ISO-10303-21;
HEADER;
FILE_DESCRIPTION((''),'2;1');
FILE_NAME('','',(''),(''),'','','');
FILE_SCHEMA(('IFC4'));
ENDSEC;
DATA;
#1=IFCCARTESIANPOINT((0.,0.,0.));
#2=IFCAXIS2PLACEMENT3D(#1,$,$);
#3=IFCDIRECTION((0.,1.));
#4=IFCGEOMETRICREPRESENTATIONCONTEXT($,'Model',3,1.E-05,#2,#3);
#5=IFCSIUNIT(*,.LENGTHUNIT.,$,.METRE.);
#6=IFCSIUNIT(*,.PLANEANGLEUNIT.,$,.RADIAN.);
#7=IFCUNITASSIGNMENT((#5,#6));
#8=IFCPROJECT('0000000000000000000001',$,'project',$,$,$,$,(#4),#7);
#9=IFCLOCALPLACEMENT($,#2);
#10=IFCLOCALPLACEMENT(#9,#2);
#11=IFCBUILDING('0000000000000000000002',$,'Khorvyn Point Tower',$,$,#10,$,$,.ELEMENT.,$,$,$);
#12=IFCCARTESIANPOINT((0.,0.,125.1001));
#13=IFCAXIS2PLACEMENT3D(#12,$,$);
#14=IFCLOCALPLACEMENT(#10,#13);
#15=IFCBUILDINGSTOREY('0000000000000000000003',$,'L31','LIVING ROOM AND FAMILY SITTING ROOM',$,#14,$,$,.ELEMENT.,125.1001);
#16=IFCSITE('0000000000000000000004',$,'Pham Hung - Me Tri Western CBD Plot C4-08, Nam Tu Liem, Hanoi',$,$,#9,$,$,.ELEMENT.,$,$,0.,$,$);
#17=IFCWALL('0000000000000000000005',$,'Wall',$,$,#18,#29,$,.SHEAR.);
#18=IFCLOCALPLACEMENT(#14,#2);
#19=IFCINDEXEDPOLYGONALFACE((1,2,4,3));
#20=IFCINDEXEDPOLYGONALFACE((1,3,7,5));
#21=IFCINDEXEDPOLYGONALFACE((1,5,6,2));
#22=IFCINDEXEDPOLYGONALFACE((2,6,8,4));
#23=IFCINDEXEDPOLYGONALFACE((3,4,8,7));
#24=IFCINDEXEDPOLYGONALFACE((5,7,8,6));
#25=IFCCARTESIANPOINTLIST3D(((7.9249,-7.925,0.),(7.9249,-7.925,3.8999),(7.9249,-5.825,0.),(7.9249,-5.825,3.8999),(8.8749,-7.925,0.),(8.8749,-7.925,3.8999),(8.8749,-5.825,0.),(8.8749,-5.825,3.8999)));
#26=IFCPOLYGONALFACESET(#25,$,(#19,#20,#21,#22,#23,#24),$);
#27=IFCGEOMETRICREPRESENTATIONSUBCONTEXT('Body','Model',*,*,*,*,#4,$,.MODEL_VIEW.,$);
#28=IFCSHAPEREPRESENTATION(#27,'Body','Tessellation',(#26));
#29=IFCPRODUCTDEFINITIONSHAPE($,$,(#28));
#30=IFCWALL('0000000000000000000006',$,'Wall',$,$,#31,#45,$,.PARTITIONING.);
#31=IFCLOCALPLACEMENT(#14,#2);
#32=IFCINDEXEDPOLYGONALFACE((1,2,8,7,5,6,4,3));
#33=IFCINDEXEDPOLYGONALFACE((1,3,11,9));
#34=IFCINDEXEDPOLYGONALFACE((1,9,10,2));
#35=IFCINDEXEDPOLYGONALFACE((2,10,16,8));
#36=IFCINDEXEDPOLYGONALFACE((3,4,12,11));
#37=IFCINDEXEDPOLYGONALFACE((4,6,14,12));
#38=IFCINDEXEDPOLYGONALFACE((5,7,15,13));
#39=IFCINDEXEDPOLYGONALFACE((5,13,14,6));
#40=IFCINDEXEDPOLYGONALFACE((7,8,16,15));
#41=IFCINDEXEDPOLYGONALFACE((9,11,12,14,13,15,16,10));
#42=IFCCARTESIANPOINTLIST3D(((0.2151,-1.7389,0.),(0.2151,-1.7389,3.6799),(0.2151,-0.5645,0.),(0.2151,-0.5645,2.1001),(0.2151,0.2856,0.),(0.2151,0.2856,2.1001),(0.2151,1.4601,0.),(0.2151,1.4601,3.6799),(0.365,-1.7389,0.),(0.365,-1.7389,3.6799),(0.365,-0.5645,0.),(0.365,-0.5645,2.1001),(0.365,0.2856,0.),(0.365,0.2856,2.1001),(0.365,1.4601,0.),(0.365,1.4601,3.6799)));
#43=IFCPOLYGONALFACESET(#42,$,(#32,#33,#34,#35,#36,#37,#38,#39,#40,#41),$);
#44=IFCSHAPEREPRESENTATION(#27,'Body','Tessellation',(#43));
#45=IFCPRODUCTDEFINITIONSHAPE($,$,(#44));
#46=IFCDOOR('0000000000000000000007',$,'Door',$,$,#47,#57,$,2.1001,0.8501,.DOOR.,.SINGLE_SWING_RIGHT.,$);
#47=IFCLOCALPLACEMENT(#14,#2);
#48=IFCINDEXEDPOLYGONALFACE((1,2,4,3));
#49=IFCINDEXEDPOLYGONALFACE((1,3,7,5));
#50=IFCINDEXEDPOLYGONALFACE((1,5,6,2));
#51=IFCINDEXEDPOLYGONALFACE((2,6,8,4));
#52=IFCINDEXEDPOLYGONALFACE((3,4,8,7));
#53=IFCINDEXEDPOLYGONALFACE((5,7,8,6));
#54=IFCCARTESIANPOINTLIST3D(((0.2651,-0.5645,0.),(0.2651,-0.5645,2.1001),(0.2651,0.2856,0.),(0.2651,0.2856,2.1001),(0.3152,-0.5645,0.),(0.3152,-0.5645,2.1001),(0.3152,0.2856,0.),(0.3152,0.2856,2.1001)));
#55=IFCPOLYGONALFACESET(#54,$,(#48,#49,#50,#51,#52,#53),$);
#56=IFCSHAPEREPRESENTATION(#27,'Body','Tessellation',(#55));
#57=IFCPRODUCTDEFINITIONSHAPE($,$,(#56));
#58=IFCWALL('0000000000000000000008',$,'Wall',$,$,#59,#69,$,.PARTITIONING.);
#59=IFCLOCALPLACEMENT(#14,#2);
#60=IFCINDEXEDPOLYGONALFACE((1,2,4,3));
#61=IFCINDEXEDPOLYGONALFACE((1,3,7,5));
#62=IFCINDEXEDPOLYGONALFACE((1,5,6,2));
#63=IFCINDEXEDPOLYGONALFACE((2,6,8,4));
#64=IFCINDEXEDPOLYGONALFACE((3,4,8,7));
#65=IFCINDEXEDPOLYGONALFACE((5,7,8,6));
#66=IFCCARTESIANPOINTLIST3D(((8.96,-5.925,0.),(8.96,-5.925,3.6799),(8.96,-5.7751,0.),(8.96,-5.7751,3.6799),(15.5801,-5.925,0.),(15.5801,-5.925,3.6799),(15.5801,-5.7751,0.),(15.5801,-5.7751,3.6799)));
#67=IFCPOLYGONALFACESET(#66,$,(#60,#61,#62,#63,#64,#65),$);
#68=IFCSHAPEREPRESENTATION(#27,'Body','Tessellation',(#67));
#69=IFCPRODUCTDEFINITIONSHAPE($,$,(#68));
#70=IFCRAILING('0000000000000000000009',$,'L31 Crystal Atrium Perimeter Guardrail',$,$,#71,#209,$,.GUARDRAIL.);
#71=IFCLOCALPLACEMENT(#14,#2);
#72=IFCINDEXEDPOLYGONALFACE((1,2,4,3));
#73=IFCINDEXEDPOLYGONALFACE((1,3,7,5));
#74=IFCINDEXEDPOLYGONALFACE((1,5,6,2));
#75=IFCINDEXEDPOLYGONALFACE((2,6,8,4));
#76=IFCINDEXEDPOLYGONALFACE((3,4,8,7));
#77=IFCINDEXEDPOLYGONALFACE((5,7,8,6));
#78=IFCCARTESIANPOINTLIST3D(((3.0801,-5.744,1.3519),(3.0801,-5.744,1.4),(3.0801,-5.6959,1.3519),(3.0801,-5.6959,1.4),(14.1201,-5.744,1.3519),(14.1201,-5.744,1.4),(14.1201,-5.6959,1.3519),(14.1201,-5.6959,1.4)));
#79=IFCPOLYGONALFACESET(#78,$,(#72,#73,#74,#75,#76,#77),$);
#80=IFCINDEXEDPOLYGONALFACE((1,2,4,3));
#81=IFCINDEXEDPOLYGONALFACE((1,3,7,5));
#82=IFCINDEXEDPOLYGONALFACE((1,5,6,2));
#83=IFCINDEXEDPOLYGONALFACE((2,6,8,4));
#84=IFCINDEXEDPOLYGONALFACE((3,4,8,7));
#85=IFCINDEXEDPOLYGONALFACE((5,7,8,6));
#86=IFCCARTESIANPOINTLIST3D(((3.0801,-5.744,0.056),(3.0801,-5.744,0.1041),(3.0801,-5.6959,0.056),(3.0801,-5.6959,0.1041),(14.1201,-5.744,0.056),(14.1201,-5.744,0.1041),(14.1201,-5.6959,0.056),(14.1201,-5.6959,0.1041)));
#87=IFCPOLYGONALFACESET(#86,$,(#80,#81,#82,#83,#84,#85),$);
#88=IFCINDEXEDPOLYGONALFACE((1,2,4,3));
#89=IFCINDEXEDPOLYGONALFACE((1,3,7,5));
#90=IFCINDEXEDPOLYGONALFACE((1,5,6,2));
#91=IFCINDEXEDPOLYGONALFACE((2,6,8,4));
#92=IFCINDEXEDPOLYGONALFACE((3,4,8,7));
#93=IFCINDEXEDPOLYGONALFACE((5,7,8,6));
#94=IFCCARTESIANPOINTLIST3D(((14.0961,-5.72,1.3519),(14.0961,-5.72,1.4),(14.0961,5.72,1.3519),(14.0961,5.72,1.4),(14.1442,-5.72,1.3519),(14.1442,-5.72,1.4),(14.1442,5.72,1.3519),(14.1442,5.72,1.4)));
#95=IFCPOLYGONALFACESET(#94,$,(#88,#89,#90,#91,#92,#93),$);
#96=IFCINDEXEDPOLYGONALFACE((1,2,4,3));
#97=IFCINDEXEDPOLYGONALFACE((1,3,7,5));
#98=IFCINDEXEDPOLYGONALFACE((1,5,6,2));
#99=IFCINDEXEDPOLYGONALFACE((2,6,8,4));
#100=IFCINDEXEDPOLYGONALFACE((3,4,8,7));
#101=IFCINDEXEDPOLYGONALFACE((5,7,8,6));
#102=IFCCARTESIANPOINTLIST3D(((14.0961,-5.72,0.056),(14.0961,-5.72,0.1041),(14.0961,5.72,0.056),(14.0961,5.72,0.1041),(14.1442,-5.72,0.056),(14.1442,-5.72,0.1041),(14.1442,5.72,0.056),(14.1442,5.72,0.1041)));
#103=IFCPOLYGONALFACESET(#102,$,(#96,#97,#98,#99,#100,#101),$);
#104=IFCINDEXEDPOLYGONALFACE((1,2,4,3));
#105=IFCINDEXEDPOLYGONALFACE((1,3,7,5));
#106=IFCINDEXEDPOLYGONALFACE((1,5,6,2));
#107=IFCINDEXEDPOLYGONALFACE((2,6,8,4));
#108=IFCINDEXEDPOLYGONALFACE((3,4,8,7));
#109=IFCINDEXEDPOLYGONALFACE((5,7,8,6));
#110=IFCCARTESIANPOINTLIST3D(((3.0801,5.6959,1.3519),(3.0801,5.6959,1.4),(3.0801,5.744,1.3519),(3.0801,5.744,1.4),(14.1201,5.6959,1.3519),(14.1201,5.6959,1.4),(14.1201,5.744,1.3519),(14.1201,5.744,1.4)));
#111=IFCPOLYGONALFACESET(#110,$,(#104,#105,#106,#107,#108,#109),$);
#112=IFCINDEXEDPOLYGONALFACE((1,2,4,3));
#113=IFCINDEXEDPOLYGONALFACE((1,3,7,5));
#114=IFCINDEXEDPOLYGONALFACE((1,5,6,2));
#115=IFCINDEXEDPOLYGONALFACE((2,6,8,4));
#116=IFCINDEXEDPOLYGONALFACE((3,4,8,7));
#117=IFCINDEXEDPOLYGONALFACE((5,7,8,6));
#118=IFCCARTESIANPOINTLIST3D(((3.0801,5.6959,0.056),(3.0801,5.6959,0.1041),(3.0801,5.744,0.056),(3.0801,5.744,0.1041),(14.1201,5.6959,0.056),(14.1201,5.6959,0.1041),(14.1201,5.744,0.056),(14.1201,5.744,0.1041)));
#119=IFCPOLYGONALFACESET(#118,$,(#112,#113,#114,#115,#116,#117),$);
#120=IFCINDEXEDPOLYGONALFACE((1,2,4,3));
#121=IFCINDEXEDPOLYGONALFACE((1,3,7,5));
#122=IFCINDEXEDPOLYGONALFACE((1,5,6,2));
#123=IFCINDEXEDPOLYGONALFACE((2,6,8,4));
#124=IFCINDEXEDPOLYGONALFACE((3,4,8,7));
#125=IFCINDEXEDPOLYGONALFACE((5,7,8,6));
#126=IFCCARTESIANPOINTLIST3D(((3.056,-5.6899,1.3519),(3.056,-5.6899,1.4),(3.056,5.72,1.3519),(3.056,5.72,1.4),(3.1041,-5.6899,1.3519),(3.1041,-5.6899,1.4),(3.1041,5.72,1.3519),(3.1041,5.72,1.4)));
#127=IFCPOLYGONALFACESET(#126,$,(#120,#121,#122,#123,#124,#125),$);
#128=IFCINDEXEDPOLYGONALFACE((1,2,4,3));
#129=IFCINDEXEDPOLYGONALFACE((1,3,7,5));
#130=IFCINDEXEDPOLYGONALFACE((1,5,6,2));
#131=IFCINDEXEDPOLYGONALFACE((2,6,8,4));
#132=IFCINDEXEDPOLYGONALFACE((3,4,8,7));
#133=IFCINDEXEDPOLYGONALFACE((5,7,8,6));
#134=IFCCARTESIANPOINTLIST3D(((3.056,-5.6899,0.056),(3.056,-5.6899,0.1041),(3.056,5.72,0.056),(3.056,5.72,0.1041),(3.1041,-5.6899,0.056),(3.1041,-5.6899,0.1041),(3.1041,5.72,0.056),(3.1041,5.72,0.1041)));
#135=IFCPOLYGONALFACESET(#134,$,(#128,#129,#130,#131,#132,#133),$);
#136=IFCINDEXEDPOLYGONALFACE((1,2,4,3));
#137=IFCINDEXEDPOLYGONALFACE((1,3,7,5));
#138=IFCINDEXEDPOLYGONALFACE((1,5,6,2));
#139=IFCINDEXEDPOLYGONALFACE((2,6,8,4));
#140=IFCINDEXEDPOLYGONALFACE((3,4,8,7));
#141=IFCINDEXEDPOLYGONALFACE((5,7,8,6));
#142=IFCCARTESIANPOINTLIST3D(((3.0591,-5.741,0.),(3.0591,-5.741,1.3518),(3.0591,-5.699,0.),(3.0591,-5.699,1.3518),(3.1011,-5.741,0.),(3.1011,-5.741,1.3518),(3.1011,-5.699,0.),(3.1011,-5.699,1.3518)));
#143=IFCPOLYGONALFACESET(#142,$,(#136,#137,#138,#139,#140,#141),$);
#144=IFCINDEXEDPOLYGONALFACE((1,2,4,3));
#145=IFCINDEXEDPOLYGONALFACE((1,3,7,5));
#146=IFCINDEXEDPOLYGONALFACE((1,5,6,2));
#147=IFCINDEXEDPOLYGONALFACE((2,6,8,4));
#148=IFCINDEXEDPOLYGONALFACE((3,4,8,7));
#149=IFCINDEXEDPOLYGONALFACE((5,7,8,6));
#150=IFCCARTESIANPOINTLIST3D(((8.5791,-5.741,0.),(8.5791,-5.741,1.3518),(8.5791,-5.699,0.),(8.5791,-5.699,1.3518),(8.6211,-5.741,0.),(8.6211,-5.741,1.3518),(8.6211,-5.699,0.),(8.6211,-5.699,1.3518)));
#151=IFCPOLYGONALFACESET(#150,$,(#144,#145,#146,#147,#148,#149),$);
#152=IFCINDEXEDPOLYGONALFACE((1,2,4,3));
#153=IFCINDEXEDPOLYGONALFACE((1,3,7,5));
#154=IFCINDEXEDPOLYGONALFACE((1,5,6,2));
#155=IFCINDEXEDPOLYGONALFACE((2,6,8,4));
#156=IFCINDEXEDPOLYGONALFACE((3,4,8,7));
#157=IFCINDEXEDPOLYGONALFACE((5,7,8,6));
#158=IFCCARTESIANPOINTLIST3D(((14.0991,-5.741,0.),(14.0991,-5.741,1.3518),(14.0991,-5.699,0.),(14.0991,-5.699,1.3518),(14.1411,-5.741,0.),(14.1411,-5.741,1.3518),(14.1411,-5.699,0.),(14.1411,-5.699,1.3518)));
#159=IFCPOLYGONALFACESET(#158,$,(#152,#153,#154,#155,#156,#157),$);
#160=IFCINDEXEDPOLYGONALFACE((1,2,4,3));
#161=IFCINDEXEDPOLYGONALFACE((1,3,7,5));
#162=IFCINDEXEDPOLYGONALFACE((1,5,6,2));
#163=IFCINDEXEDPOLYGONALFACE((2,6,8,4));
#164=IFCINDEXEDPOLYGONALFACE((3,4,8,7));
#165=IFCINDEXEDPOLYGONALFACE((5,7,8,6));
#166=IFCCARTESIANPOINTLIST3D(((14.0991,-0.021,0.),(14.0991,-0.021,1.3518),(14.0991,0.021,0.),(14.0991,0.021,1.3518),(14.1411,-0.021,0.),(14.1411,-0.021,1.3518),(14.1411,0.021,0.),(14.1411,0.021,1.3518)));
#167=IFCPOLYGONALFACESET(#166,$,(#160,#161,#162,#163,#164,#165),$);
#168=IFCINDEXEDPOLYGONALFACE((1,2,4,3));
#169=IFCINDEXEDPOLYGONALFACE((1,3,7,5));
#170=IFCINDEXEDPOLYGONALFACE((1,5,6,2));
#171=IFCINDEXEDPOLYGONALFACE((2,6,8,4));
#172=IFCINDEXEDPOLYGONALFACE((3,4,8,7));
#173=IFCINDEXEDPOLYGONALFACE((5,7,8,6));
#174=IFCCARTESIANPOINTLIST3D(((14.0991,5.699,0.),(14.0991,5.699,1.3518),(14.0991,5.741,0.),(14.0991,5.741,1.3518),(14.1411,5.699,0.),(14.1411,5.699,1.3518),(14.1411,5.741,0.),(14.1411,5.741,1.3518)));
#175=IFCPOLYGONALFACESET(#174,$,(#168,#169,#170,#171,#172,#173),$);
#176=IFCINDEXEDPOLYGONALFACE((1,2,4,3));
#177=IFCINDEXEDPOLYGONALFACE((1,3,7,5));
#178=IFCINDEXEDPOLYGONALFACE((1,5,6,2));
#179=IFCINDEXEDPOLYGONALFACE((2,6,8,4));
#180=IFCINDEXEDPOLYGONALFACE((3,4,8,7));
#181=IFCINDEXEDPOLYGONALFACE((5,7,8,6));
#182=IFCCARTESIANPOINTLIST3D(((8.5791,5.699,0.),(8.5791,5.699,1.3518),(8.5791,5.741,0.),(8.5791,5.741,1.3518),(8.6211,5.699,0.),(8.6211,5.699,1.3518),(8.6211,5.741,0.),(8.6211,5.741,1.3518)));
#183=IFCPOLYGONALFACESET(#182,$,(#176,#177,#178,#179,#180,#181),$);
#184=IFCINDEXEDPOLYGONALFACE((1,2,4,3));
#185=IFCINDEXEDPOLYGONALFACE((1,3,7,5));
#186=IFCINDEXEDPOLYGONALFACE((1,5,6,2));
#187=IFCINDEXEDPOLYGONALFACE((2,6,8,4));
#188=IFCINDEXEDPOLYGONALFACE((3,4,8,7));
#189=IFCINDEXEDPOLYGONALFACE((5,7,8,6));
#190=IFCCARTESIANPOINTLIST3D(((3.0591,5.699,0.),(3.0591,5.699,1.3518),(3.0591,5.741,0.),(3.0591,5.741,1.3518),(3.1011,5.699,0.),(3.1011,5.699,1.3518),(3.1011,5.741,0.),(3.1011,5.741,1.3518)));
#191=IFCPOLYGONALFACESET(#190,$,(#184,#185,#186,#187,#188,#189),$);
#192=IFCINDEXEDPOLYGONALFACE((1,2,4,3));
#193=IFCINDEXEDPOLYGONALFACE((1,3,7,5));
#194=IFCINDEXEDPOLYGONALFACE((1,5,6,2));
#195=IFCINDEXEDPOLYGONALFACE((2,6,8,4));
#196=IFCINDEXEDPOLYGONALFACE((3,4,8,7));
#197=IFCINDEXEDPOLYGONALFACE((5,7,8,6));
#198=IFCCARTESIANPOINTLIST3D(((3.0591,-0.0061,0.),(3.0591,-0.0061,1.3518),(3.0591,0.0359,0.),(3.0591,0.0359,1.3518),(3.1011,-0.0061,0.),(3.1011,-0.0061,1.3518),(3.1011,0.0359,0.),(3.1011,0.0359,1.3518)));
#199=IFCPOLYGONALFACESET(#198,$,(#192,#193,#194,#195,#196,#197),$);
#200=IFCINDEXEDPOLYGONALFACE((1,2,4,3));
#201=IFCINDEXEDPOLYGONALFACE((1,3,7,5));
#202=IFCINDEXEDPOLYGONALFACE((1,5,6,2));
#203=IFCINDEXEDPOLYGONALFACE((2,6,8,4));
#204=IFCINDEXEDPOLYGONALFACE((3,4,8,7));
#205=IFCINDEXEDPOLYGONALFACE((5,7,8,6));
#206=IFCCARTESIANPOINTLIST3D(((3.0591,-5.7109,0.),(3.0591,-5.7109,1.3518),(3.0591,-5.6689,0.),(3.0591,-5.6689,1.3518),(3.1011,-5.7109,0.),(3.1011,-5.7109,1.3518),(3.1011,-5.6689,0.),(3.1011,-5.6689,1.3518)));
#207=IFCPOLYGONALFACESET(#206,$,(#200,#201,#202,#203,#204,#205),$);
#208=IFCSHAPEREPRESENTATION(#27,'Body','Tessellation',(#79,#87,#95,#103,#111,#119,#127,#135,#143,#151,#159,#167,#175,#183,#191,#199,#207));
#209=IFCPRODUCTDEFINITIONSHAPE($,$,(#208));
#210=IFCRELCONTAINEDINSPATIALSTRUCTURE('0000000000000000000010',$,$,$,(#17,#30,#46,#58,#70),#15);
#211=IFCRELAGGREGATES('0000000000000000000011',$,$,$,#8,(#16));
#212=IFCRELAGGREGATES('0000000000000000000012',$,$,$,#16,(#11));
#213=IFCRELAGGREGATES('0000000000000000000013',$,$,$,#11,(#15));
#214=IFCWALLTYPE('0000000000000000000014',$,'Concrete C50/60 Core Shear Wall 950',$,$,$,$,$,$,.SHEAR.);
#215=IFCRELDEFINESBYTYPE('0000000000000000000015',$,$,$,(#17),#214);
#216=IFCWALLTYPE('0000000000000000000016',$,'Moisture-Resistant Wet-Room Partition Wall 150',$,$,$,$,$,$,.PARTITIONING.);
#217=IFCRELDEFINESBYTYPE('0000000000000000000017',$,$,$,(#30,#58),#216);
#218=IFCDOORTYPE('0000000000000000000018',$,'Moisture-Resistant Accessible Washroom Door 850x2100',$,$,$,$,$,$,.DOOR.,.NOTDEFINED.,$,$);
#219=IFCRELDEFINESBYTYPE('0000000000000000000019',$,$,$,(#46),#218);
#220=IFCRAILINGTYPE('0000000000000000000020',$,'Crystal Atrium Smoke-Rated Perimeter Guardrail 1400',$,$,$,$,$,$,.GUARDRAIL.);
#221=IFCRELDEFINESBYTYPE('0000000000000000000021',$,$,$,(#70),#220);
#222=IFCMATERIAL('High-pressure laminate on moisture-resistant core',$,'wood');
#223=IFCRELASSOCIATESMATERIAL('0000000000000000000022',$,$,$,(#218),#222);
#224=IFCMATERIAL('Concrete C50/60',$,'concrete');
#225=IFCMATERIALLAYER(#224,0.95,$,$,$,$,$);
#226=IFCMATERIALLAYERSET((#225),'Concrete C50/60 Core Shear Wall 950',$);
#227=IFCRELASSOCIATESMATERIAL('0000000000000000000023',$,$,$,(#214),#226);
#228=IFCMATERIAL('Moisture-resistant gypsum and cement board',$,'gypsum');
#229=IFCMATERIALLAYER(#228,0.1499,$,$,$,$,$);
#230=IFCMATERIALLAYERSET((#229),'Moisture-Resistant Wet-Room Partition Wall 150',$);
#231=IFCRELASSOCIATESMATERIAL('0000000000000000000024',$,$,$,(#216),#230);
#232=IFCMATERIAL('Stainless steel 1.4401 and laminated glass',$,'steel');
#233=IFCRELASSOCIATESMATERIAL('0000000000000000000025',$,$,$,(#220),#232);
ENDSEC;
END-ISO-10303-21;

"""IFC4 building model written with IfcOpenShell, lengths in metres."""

from ifc_helpers import new_model, si_unit, direction, frame, frame_2d, origin, origin_2d, place, context, subcontext, project, spatial, rectangle, extrude, material, layer, layer_set, type_object, element, fill, save


model = new_model("IFC4")

# Units and contexts
model_context = context("Model", 3, precision=1e-05, world=origin(), true_north=direction((0.0, 1.0)))
body_context = subcontext(model_context, "Body", "Model", "MODEL_VIEW")
ifc_project = project(units=[si_unit("LENGTHUNIT", "METRE"), si_unit("PLANEANGLEUNIT", "RADIAN")], contexts=[model_context])

# Site, building, storey
site_placement = place(None, origin())
site = spatial("IfcSite", under=ifc_project, at=site_placement, Name="Pham Hung - Me Tri Western CBD Plot C4-08, Nam Tu Liem, Hanoi", CompositionType="ELEMENT", RefElevation=0.0)
building_placement = place(site_placement, origin())
building = spatial("IfcBuilding", under=site, at=building_placement, Name="Khorvyn Point Tower", CompositionType="ELEMENT")
storey_placement = place(building_placement, frame((0.0, 0.0, 125.1001)))
storey = spatial("IfcBuildingStorey", under=building, at=storey_placement, Name="L31", Description="LIVING ROOM AND FAMILY SITTING ROOM", CompositionType="ELEMENT", Elevation=125.1001)

# Shared definitions
ifc_material_1 = material(Name="Concrete C50/60", Category="concrete")

# Shared definitions
ifc_material_2 = material(Name="High-pressure laminate on moisture-resistant core", Category="wood")
door_type_1 = type_object("IfcDoorType", Name="Moisture-Resistant Accessible Washroom Door 850x2100", OperationType="NOTDEFINED", PredefinedType="DOOR", material=ifc_material_2)

# Wall
ifc_layer_1 = layer(ifc_material_1, 0.95)
ifc_layer_set_1 = layer_set([ifc_layer_1], Name="Concrete C50/60 Core Shear Wall 950")
wall_type_1 = type_object("IfcWallType", Name="Concrete C50/60 Core Shear Wall 950", PredefinedType="SHEAR", material=ifc_layer_set_1)
wall_1_placement = place(storey_placement, frame((8.3999, -7.925, 0.0), z_axis=(0.0, 0.0, 1.0), x_axis=(0.0, 1.0, 0.0)))
element("IfcWall", 1, at=wall_1_placement, inside=storey, type_object=wall_type_1, Name="Wall", PredefinedType="SHEAR", context=body_context, shape_type="SweptSolid", body=[
    extrude(rectangle(XDim=2.1001, YDim=0.95, at=frame_2d((1.05, 0.0))), origin(), (0.0, 0.0, 1.0), 3.8999),
])

# Wall, opening, door
ifc_material_3 = material(Name="Moisture-resistant gypsum and cement board", Category="gypsum")
ifc_layer_2 = layer(ifc_material_3, 0.1499)
ifc_layer_set_2 = layer_set([ifc_layer_2], Name="Moisture-Resistant Wet-Room Partition Wall 150")
wall_type_2 = type_object("IfcWallType", Name="Moisture-Resistant Wet-Room Partition Wall 150", PredefinedType="PARTITIONING", material=ifc_layer_set_2)
wall_2_placement = place(storey_placement, frame((0.29, -1.739, 0.0), z_axis=(0.0, 0.0, 1.0), x_axis=(0.0, 1.0, 0.0)))
wall_2 = element("IfcWall", 2, at=wall_2_placement, inside=storey, type_object=wall_type_2, Name="Wall", PredefinedType="PARTITIONING", context=body_context, shape_type="SweptSolid", body=[
    extrude(rectangle(XDim=3.199, YDim=0.1499, at=frame_2d((1.5996, 0.0))), origin(), (0.0, 0.0, 1.0), 3.6799),
])
opening_1_placement = place(wall_2_placement, frame((1.1746, 0.0, 0.0)))
opening_1 = element("IfcOpeningElement", 3, at=opening_1_placement, cuts=wall_2, PredefinedType="OPENING", context=body_context, shape_type="SweptSolid", body=[
    extrude(rectangle(XDim=0.8501, YDim=2.1001, at=frame_2d((0.425, 1.05))), frame((0.0, 0.085, 0.0), z_axis=(0.0, -1.0, 0.0), x_axis=(1.0, 0.0, 0.0)), (0.0, 0.0, 1.0), 0.1699),
])
door_1_placement = place(opening_1_placement, origin())
door_1 = element("IfcDoor", 4, at=door_1_placement, inside=storey, type_object=door_type_1, Name="Door", OperationType="SINGLE_SWING_RIGHT", OverallHeight=2.1001, OverallWidth=0.8501, PredefinedType="DOOR", context=body_context, shape_type="SweptSolid", body=[
    extrude(rectangle(XDim=0.8501, YDim=2.1001, at=frame_2d((0.425, 1.05))), frame((0.0, 0.0249, 0.0), z_axis=(0.0, -1.0, 0.0), x_axis=(1.0, 0.0, 0.0)), (0.0, 0.0, 1.0), 0.05),
])
fill(opening_1, door_1)

# Wall
wall_3_placement = place(storey_placement, frame((8.96, -5.8501, 0.0), z_axis=(0.0, 0.0, 1.0), x_axis=(1.0, 0.0, 0.0)))
element("IfcWall", 5, at=wall_3_placement, inside=storey, type_object=wall_type_2, Name="Wall", PredefinedType="PARTITIONING", context=body_context, shape_type="SweptSolid", body=[
    extrude(rectangle(XDim=6.6201, YDim=0.1499, at=frame_2d((3.3101, 0.0))), origin(), (0.0, 0.0, 1.0), 3.6799),
])

# Railing
ifc_material_4 = material(Name="Stainless steel 1.4401 and laminated glass", Category="steel")
railing_type = type_object("IfcRailingType", Name="Crystal Atrium Smoke-Rated Perimeter Guardrail 1400", PredefinedType="GUARDRAIL", material=ifc_material_4)
railing_placement = place(storey_placement, frame((3.0801, -5.72, 0.0)))
element("IfcRailing", 6, at=railing_placement, inside=storey, type_object=railing_type, Name="L31 Crystal Atrium Perimeter Guardrail", PredefinedType="GUARDRAIL", context=body_context, shape_type="SweptSolid", body=[
    extrude(rectangle(XDim=0.0481, YDim=0.0481, at=origin_2d()), frame((0.0, 0.0, 1.376), z_axis=(1.0, 0.0, 0.0), x_axis=(0.0, 1.0, 0.0)), (0.0, 0.0, 1.0), 11.04),
    extrude(rectangle(XDim=0.0481, YDim=0.0481, at=origin_2d()), frame((0.0, 0.0, 0.0801), z_axis=(1.0, 0.0, 0.0), x_axis=(0.0, 1.0, 0.0)), (0.0, 0.0, 1.0), 11.04),
    extrude(rectangle(XDim=0.0481, YDim=0.0481, at=origin_2d()), frame((11.04, 0.0, 1.376), z_axis=(0.0, 1.0, 0.0), x_axis=(-1.0, 0.0, 0.0)), (0.0, 0.0, 1.0), 11.4399),
    extrude(rectangle(XDim=0.0481, YDim=0.0481, at=origin_2d()), frame((11.04, 0.0, 0.0801), z_axis=(0.0, 1.0, 0.0), x_axis=(-1.0, 0.0, 0.0)), (0.0, 0.0, 1.0), 11.4399),
    extrude(rectangle(XDim=0.0481, YDim=0.0481, at=origin_2d()), frame((11.04, 11.4399, 1.376), z_axis=(-1.0, 0.0, 0.0), x_axis=(0.0, -1.0, 0.0)), (0.0, 0.0, 1.0), 11.04),
    extrude(rectangle(XDim=0.0481, YDim=0.0481, at=origin_2d()), frame((11.04, 11.4399, 0.0801), z_axis=(-1.0, 0.0, 0.0), x_axis=(0.0, -1.0, 0.0)), (0.0, 0.0, 1.0), 11.04),
    extrude(rectangle(XDim=0.0481, YDim=0.0481, at=origin_2d()), frame((0.0, 11.4399, 1.376), z_axis=(0.0, -1.0, 0.0), x_axis=(1.0, 0.0, 0.0)), (0.0, 0.0, 1.0), 11.4099),
    extrude(rectangle(XDim=0.0481, YDim=0.0481, at=origin_2d()), frame((0.0, 11.4399, 0.0801), z_axis=(0.0, -1.0, 0.0), x_axis=(1.0, 0.0, 0.0)), (0.0, 0.0, 1.0), 11.4099),
    extrude(rectangle(XDim=0.042, YDim=0.042, at=origin_2d()), origin(), (0.0, 0.0, 1.0), 1.3518),
    extrude(rectangle(XDim=0.042, YDim=0.042, at=origin_2d()), frame((5.52, 0.0, 0.0)), (0.0, 0.0, 1.0), 1.3518),
    extrude(rectangle(XDim=0.042, YDim=0.042, at=origin_2d()), frame((11.04, 0.0, 0.0)), (0.0, 0.0, 1.0), 1.3518),
    extrude(rectangle(XDim=0.042, YDim=0.042, at=origin_2d()), frame((11.04, 5.72, 0.0)), (0.0, 0.0, 1.0), 1.3518),
    extrude(rectangle(XDim=0.042, YDim=0.042, at=origin_2d()), frame((11.04, 11.4399, 0.0)), (0.0, 0.0, 1.0), 1.3518),
    extrude(rectangle(XDim=0.042, YDim=0.042, at=origin_2d()), frame((5.52, 11.4399, 0.0)), (0.0, 0.0, 1.0), 1.3518),
    extrude(rectangle(XDim=0.042, YDim=0.042, at=origin_2d()), frame((0.0, 11.4399, 0.0)), (0.0, 0.0, 1.0), 1.3518),
    extrude(rectangle(XDim=0.042, YDim=0.042, at=origin_2d()), frame((0.0, 5.7349, 0.0)), (0.0, 0.0, 1.0), 1.3518),
    extrude(rectangle(XDim=0.042, YDim=0.042, at=origin_2d()), frame((0.0, 0.03, 0.0)), (0.0, 0.0, 1.0), 1.3518),
])

save(model, "model.ifc")
